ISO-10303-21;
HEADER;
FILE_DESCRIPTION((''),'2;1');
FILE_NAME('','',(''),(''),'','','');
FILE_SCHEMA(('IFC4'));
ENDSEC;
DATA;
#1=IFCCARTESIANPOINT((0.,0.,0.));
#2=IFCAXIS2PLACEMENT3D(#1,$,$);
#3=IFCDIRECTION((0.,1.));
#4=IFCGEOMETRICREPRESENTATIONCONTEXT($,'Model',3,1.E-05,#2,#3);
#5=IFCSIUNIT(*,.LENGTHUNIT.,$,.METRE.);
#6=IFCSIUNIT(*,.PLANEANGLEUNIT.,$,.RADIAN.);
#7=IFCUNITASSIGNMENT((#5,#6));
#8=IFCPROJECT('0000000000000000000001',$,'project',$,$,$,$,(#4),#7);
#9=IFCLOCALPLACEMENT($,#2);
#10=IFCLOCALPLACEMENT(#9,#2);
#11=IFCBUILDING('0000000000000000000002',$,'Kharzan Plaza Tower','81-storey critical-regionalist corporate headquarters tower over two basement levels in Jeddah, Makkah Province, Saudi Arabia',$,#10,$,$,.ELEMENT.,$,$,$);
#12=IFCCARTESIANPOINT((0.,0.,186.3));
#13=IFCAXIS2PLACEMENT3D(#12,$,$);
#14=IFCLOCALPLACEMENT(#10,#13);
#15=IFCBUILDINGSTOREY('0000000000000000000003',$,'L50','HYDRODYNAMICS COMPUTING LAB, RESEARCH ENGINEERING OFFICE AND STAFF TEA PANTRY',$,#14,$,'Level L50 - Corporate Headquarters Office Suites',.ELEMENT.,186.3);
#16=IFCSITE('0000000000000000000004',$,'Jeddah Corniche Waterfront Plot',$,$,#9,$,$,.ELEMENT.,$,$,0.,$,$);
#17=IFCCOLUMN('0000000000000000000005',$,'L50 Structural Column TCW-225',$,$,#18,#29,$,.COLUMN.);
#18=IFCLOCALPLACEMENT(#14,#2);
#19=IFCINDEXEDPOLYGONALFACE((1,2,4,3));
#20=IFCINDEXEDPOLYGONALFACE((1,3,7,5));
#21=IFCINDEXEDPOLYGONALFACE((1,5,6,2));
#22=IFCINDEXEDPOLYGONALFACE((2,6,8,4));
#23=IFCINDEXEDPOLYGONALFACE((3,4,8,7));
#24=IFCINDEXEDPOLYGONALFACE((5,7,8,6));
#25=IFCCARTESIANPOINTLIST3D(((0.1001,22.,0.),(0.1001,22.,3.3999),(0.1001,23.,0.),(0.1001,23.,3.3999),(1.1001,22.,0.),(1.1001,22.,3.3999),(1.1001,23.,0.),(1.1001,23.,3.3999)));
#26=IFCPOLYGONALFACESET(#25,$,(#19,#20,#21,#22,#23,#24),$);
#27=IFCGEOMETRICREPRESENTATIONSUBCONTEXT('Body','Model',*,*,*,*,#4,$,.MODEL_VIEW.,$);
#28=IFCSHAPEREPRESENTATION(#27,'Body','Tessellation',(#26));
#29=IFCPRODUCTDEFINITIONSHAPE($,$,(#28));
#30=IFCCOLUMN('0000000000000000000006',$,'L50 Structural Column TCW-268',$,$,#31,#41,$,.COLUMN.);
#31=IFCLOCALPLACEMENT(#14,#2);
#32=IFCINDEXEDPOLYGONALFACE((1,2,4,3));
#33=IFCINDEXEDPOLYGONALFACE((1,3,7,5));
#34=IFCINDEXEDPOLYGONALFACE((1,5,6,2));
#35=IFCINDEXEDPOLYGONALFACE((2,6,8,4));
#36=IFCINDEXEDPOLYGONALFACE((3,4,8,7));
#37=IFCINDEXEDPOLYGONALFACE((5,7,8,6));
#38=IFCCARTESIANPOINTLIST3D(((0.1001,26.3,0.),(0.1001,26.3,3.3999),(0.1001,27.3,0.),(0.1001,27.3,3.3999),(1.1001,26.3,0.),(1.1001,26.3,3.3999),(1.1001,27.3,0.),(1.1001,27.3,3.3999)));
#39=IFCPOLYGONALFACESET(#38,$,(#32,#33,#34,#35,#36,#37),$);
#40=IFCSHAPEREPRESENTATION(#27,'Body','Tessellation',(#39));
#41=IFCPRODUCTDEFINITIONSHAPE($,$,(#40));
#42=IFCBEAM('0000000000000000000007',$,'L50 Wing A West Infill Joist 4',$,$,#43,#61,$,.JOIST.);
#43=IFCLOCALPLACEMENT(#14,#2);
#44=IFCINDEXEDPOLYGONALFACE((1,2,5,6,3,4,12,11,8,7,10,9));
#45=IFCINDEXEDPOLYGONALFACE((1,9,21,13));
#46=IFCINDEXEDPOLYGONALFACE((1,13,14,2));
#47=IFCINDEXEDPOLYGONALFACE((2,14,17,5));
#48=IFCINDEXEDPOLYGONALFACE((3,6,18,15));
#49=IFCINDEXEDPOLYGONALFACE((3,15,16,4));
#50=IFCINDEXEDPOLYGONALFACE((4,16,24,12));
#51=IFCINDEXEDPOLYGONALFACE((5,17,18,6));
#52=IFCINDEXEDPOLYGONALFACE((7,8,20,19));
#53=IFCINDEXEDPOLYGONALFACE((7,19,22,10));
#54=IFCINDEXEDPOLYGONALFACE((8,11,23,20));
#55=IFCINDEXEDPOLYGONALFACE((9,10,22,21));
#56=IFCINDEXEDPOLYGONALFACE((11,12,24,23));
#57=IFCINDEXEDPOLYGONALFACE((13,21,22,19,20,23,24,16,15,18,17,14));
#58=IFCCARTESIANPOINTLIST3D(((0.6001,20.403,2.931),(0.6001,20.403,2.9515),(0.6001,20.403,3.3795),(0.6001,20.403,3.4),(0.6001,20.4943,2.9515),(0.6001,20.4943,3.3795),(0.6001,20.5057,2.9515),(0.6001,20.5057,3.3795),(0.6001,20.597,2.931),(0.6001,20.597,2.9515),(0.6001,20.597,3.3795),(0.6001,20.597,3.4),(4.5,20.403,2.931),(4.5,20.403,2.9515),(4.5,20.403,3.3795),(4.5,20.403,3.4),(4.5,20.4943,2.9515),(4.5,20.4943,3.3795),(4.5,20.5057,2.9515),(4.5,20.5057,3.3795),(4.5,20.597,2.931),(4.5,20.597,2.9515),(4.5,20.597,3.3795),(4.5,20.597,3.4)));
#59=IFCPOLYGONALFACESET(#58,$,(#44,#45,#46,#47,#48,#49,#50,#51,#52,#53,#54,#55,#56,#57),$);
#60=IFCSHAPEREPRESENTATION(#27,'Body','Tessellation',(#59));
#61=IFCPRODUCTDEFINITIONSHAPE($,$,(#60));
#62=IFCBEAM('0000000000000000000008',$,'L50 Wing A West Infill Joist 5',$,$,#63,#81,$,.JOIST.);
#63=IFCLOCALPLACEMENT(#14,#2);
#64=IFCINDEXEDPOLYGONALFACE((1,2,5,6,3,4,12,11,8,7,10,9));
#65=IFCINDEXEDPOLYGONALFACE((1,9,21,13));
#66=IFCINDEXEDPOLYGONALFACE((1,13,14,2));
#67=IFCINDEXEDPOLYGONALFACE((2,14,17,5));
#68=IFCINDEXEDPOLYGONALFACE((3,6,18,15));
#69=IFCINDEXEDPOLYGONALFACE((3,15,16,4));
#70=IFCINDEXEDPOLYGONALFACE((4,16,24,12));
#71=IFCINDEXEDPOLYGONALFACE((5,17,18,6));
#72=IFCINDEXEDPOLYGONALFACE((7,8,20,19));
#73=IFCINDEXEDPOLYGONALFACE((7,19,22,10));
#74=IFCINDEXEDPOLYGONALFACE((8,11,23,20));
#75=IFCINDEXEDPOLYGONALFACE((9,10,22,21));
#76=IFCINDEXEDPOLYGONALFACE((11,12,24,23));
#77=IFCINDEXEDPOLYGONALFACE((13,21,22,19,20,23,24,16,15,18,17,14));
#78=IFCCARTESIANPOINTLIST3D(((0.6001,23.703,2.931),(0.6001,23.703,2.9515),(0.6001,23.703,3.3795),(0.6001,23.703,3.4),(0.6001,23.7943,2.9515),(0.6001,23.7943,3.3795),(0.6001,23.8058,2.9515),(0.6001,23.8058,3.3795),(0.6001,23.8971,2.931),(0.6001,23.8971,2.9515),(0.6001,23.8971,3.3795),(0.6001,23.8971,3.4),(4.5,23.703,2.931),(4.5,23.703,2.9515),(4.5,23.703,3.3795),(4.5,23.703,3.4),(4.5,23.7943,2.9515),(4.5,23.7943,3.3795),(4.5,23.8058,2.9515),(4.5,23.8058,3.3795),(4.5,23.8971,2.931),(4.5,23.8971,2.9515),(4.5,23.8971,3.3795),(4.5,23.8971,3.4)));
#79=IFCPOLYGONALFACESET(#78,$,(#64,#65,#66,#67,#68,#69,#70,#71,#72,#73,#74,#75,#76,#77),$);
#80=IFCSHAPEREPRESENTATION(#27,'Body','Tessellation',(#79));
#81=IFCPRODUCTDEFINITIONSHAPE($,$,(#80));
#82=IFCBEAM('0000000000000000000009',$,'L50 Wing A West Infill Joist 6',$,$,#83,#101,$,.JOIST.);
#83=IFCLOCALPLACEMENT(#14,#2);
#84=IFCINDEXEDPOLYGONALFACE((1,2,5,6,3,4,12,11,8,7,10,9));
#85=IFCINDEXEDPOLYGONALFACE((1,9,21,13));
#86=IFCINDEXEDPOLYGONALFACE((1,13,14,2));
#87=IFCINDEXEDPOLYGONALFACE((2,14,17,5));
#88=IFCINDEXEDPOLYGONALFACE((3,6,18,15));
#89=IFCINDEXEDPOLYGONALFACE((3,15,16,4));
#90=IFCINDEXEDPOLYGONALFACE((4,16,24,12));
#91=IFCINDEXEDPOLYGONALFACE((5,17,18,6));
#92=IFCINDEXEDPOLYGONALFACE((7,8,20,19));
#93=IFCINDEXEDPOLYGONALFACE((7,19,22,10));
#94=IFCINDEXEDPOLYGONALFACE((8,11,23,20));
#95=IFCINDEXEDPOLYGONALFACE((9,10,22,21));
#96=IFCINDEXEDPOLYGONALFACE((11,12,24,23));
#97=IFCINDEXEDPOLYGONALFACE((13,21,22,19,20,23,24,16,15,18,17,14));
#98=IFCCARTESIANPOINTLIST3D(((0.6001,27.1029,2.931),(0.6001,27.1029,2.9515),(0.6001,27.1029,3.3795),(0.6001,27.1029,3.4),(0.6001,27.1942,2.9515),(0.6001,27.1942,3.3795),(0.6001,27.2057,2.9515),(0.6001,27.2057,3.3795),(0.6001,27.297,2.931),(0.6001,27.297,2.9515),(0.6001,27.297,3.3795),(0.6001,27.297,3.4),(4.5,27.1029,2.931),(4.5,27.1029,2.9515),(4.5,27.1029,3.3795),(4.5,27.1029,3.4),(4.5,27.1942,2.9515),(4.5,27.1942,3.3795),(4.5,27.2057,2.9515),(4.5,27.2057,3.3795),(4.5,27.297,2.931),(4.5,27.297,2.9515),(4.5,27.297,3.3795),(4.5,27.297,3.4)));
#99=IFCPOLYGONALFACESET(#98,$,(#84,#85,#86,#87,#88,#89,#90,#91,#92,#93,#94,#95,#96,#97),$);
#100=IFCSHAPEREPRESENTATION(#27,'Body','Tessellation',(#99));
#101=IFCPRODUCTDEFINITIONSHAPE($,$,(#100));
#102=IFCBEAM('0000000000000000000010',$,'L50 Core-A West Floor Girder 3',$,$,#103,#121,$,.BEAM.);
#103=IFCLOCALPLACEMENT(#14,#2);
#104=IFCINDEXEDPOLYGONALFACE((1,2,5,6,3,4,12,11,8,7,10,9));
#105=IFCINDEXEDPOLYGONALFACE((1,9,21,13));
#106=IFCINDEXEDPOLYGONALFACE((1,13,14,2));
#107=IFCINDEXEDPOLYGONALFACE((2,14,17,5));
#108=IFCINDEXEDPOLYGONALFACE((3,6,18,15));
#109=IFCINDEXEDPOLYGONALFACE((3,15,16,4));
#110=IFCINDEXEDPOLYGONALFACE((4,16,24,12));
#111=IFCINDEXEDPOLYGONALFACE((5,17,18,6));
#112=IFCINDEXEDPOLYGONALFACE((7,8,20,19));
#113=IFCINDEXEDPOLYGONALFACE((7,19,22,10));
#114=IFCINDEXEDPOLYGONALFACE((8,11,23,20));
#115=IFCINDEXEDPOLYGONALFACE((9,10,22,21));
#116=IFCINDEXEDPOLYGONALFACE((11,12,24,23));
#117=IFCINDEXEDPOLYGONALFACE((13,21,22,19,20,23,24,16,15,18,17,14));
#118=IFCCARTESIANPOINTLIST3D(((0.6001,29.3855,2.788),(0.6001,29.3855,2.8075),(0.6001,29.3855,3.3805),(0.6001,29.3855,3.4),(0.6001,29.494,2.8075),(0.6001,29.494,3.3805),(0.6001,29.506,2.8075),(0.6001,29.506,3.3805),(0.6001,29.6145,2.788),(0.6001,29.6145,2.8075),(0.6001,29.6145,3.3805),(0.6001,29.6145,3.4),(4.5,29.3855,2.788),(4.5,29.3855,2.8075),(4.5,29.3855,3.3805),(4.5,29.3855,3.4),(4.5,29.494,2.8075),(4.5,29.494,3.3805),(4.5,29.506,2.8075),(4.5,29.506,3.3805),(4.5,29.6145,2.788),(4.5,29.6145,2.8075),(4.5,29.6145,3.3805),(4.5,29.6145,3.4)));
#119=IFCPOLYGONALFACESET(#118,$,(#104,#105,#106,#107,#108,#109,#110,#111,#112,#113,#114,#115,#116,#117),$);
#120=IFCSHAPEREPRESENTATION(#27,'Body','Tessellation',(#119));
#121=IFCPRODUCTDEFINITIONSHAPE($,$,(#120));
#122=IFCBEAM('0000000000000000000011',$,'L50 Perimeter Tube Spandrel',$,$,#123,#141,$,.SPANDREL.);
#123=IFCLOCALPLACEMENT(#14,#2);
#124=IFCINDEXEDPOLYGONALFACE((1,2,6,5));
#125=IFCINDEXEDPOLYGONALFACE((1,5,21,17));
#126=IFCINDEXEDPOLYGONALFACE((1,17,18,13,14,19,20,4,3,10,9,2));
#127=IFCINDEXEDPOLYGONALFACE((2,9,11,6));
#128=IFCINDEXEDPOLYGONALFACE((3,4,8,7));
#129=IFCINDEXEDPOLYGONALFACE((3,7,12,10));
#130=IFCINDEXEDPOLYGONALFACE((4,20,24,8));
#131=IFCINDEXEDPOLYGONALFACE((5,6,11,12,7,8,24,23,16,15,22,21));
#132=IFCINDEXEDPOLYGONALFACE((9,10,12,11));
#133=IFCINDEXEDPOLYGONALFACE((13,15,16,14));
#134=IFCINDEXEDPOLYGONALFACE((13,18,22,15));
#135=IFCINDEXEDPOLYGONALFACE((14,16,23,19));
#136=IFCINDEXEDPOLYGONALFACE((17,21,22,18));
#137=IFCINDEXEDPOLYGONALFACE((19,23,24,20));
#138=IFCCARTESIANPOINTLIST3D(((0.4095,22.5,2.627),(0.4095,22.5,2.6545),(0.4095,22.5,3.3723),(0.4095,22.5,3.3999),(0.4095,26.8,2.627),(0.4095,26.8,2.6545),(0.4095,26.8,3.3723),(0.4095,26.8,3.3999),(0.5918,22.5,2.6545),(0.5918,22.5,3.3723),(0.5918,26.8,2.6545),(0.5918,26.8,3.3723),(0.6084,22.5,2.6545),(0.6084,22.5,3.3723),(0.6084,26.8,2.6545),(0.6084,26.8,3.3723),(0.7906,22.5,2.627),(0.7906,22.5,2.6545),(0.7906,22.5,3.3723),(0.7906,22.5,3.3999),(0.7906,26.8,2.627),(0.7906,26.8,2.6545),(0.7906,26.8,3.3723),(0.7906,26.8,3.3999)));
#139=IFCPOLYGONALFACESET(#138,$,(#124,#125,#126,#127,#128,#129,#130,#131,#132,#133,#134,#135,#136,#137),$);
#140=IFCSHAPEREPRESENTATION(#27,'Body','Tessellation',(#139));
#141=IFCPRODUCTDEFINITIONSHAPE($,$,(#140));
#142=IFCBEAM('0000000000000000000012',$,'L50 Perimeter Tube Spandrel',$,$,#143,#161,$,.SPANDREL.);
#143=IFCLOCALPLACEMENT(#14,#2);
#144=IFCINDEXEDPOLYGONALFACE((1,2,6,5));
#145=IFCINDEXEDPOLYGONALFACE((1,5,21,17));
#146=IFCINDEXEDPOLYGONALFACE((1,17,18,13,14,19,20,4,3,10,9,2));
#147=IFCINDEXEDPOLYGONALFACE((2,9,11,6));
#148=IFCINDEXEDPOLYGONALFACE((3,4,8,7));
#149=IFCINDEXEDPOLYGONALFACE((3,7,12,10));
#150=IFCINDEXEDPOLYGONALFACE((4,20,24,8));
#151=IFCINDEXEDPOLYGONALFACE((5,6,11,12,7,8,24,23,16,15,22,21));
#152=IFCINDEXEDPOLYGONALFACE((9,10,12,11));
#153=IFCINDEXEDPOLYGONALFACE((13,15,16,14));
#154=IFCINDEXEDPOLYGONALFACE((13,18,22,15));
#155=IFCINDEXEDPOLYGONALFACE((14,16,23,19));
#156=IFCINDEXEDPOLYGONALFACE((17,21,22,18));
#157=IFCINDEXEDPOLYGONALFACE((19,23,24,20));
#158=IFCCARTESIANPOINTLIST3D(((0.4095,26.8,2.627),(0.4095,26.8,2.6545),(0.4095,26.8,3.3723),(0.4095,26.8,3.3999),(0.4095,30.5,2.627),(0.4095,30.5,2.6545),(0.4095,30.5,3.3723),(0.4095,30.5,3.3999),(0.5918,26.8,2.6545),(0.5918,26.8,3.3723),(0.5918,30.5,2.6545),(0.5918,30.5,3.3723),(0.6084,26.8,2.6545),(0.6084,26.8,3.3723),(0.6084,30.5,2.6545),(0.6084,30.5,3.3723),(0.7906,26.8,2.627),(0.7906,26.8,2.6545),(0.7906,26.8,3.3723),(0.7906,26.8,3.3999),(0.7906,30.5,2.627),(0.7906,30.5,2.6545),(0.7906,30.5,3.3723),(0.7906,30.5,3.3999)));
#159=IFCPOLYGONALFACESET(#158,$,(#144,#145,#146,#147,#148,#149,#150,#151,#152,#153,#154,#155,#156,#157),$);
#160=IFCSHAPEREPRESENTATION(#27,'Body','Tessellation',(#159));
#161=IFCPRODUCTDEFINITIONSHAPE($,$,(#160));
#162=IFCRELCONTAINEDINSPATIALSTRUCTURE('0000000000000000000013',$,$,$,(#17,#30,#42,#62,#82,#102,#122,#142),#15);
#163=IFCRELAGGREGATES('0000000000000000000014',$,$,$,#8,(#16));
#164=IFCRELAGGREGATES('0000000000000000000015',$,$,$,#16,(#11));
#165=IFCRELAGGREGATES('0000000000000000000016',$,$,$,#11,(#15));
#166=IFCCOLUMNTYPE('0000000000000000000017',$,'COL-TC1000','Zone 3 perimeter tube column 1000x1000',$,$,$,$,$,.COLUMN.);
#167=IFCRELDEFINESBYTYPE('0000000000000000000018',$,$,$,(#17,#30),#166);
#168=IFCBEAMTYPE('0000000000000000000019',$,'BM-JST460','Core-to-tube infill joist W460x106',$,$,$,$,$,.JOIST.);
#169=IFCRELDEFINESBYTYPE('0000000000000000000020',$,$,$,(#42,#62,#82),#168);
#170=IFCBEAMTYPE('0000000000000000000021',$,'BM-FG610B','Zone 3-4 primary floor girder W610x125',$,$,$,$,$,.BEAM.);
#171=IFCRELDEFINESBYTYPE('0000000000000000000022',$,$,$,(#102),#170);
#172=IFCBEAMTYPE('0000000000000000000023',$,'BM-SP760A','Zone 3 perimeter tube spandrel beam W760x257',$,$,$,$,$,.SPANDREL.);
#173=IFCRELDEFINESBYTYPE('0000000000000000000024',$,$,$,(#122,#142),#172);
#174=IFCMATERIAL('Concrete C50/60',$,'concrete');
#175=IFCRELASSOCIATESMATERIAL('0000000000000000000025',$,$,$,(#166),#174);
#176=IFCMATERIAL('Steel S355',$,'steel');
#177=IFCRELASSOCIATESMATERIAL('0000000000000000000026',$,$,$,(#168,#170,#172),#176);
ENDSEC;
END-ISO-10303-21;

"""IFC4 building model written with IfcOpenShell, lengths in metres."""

from ifc_helpers import new_model, si_unit, direction, frame, origin, origin_2d, place, context, subcontext, project, spatial, rectangle, i_section, extrude, source, transform, mapped, material, material_profile, profile_set, type_object, element, save


model = new_model("IFC4")

# Units and contexts
model_context = context("Model", 3, precision=1e-05, world=origin(), true_north=direction((0.0, 1.0)))
body_context = subcontext(model_context, "Body", "Model", "MODEL_VIEW")
ifc_project = project(units=[si_unit("LENGTHUNIT", "METRE"), si_unit("PLANEANGLEUNIT", "RADIAN")], contexts=[model_context])

# Site, building, storey
site_placement = place(None, origin())
site = spatial("IfcSite", under=ifc_project, at=site_placement, Name="Jeddah Corniche Waterfront Plot", CompositionType="ELEMENT", RefElevation=0.0)
building_placement = place(site_placement, origin())
building = spatial("IfcBuilding", under=site, at=building_placement, Name="Kharzan Plaza Tower", Description="81-storey critical-regionalist corporate headquarters tower over two basement levels in Jeddah, Makkah Province, Saudi Arabia", CompositionType="ELEMENT")
storey_placement = place(building_placement, frame((0.0, 0.0, 186.3)))
storey = spatial("IfcBuildingStorey", under=building, at=storey_placement, Name="L50", Description="HYDRODYNAMICS COMPUTING LAB, RESEARCH ENGINEERING OFFICE AND STAFF TEA PANTRY", LongName="Level L50 - Corporate Headquarters Office Suites", CompositionType="ELEMENT", Elevation=186.3)

# Columns
ifc_material_1 = material(Name="Concrete C50/60", Category="concrete")
ifc_material_profile_1 = material_profile(ifc_material_1, rectangle(XDim=1.0, YDim=1.0, at=origin_2d()), Name="RC-TC1000x1000")
ifc_profile_set_1 = profile_set([ifc_material_profile_1], Name="Concrete C50/60")
column_type = type_object("IfcColumnType", Name="COL-TC1000", Description="Zone 3 perimeter tube column 1000x1000", PredefinedType="COLUMN", material=ifc_profile_set_1)
shared_shape_1 = source(origin(), body_context, "Body", "SweptSolid", [
    extrude(rectangle(XDim=1.0, YDim=1.0, at=origin_2d()), origin(), (0.0, 0.0, 1.0), 3.3999),
])
for number, where, z_axis, x_axis, name in (
    (1, (0.6001, 22.5, 0.0), (0.0, 0.0, 1.0), (1.0, 0.0, 0.0), "L50 Structural Column TCW-225"),
    (2, (0.6001, 26.8, 0.0), (0.0, 0.0, 1.0), (1.0, 0.0, 0.0), "L50 Structural Column TCW-268"),
):
    element("IfcColumn", number, at=place(storey_placement, frame(where, z_axis=z_axis, x_axis=x_axis)), inside=storey, type_object=column_type, Name=name, PredefinedType="COLUMN", context=body_context, shape_type="MappedRepresentation", body=[
        mapped(shared_shape_1, transform((0.0, 0.0, 0.0), x_axis=(1.0, 0.0, 0.0), y_axis=(0.0, 1.0, 0.0), z_axis=(0.0, 0.0, 1.0))),
    ])

# Beams
ifc_material_2 = material(Name="Steel S355", Category="steel")
ifc_material_profile_2 = material_profile(ifc_material_2, i_section(OverallWidth=0.1941, OverallDepth=0.469, WebThickness=0.0115, FlangeThickness=0.0205, at=origin_2d()), Name="W460x106")
ifc_profile_set_2 = profile_set([ifc_material_profile_2], Name="Steel S355")
beam_type_1 = type_object("IfcBeamType", Name="BM-JST460", Description="Core-to-tube infill joist W460x106", PredefinedType="JOIST", material=ifc_profile_set_2)
shared_shape_2 = source(origin(), body_context, "Body", "SweptSolid", [
    extrude(i_section(OverallWidth=0.1941, OverallDepth=0.469, WebThickness=0.0115, FlangeThickness=0.0205, at=origin_2d()), origin(), (0.0, 0.0, 1.0), 3.8999),
])
for number, where, z_axis, x_axis, name in (
    (3, (0.6001, 20.5, 3.1655), (1.0, 0.0, 0.0), (0.0, 1.0, 0.0), "L50 Wing A West Infill Joist 4"),
    (4, (0.6001, 23.8, 3.1655), (1.0, 0.0, 0.0), (0.0, 1.0, 0.0), "L50 Wing A West Infill Joist 5"),
    (5, (0.6001, 27.2, 3.1655), (1.0, 0.0, 0.0), (0.0, 1.0, 0.0), "L50 Wing A West Infill Joist 6"),
):
    element("IfcBeam", number, at=place(storey_placement, frame(where, z_axis=z_axis, x_axis=x_axis)), inside=storey, type_object=beam_type_1, Name=name, PredefinedType="JOIST", context=body_context, shape_type="MappedRepresentation", body=[
        mapped(shared_shape_2, transform((0.0, 0.0, 0.0), x_axis=(1.0, 0.0, 0.0), y_axis=(0.0, 1.0, 0.0), z_axis=(0.0, 0.0, 1.0))),
    ])
ifc_material_profile_3 = material_profile(ifc_material_2, i_section(OverallWidth=0.229, OverallDepth=0.6121, WebThickness=0.012, FlangeThickness=0.0195, at=origin_2d()), Name="W610x125")
ifc_profile_set_3 = profile_set([ifc_material_profile_3], Name="Steel S355")
beam_type_2 = type_object("IfcBeamType", Name="BM-FG610B", Description="Zone 3-4 primary floor girder W610x125", PredefinedType="BEAM", material=ifc_profile_set_3)
shared_shape_3 = source(origin(), body_context, "Body", "SweptSolid", [
    extrude(i_section(OverallWidth=0.229, OverallDepth=0.6121, WebThickness=0.012, FlangeThickness=0.0195, at=origin_2d()), origin(), (0.0, 0.0, 1.0), 3.8999),
])
beam_1_placement = place(storey_placement, frame((0.6001, 29.5, 3.094), z_axis=(1.0, 0.0, 0.0), x_axis=(0.0, 1.0, 0.0)))
element("IfcBeam", 6, at=beam_1_placement, inside=storey, type_object=beam_type_2, Name="L50 Core-A West Floor Girder 3", PredefinedType="BEAM", context=body_context, shape_type="MappedRepresentation", body=[
    mapped(shared_shape_3, transform((0.0, 0.0, 0.0), x_axis=(1.0, 0.0, 0.0), y_axis=(0.0, 1.0, 0.0), z_axis=(0.0, 0.0, 1.0))),
])
ifc_material_profile_4 = material_profile(ifc_material_2, i_section(OverallWidth=0.3811, OverallDepth=0.7729, WebThickness=0.0166, FlangeThickness=0.0276, at=origin_2d()), Name="W760x257")
ifc_profile_set_4 = profile_set([ifc_material_profile_4], Name="Steel S355")
beam_type_3 = type_object("IfcBeamType", Name="BM-SP760A", Description="Zone 3 perimeter tube spandrel beam W760x257", PredefinedType="SPANDREL", material=ifc_profile_set_4)
shared_shape_4 = source(origin(), body_context, "Body", "SweptSolid", [
    extrude(i_section(OverallWidth=0.3811, OverallDepth=0.7729, WebThickness=0.0166, FlangeThickness=0.0276, at=origin_2d()), origin(), (0.0, 0.0, 1.0), 4.3),
])
beam_2_placement = place(storey_placement, frame((0.6001, 22.5, 3.0134), z_axis=(0.0, 1.0, 0.0), x_axis=(-1.0, 0.0, 0.0)))
element("IfcBeam", 7, at=beam_2_placement, inside=storey, type_object=beam_type_3, Name="L50 Perimeter Tube Spandrel", PredefinedType="SPANDREL", context=body_context, shape_type="MappedRepresentation", body=[
    mapped(shared_shape_4, transform((0.0, 0.0, 0.0), x_axis=(1.0, 0.0, 0.0), y_axis=(0.0, 1.0, 0.0), z_axis=(0.0, 0.0, 1.0))),
])
shared_shape_5 = source(origin(), body_context, "Body", "SweptSolid", [
    extrude(i_section(OverallWidth=0.3811, OverallDepth=0.7729, WebThickness=0.0166, FlangeThickness=0.0276, at=origin_2d()), origin(), (0.0, 0.0, 1.0), 3.7),
])
beam_3_placement = place(storey_placement, frame((0.6001, 26.8, 3.0134), z_axis=(0.0, 1.0, 0.0), x_axis=(-1.0, 0.0, 0.0)))
element("IfcBeam", 8, at=beam_3_placement, inside=storey, type_object=beam_type_3, Name="L50 Perimeter Tube Spandrel", PredefinedType="SPANDREL", context=body_context, shape_type="MappedRepresentation", body=[
    mapped(shared_shape_5, transform((0.0, 0.0, 0.0), x_axis=(1.0, 0.0, 0.0), y_axis=(0.0, 1.0, 0.0), z_axis=(0.0, 0.0, 1.0))),
])

save(model, "model.ifc")
